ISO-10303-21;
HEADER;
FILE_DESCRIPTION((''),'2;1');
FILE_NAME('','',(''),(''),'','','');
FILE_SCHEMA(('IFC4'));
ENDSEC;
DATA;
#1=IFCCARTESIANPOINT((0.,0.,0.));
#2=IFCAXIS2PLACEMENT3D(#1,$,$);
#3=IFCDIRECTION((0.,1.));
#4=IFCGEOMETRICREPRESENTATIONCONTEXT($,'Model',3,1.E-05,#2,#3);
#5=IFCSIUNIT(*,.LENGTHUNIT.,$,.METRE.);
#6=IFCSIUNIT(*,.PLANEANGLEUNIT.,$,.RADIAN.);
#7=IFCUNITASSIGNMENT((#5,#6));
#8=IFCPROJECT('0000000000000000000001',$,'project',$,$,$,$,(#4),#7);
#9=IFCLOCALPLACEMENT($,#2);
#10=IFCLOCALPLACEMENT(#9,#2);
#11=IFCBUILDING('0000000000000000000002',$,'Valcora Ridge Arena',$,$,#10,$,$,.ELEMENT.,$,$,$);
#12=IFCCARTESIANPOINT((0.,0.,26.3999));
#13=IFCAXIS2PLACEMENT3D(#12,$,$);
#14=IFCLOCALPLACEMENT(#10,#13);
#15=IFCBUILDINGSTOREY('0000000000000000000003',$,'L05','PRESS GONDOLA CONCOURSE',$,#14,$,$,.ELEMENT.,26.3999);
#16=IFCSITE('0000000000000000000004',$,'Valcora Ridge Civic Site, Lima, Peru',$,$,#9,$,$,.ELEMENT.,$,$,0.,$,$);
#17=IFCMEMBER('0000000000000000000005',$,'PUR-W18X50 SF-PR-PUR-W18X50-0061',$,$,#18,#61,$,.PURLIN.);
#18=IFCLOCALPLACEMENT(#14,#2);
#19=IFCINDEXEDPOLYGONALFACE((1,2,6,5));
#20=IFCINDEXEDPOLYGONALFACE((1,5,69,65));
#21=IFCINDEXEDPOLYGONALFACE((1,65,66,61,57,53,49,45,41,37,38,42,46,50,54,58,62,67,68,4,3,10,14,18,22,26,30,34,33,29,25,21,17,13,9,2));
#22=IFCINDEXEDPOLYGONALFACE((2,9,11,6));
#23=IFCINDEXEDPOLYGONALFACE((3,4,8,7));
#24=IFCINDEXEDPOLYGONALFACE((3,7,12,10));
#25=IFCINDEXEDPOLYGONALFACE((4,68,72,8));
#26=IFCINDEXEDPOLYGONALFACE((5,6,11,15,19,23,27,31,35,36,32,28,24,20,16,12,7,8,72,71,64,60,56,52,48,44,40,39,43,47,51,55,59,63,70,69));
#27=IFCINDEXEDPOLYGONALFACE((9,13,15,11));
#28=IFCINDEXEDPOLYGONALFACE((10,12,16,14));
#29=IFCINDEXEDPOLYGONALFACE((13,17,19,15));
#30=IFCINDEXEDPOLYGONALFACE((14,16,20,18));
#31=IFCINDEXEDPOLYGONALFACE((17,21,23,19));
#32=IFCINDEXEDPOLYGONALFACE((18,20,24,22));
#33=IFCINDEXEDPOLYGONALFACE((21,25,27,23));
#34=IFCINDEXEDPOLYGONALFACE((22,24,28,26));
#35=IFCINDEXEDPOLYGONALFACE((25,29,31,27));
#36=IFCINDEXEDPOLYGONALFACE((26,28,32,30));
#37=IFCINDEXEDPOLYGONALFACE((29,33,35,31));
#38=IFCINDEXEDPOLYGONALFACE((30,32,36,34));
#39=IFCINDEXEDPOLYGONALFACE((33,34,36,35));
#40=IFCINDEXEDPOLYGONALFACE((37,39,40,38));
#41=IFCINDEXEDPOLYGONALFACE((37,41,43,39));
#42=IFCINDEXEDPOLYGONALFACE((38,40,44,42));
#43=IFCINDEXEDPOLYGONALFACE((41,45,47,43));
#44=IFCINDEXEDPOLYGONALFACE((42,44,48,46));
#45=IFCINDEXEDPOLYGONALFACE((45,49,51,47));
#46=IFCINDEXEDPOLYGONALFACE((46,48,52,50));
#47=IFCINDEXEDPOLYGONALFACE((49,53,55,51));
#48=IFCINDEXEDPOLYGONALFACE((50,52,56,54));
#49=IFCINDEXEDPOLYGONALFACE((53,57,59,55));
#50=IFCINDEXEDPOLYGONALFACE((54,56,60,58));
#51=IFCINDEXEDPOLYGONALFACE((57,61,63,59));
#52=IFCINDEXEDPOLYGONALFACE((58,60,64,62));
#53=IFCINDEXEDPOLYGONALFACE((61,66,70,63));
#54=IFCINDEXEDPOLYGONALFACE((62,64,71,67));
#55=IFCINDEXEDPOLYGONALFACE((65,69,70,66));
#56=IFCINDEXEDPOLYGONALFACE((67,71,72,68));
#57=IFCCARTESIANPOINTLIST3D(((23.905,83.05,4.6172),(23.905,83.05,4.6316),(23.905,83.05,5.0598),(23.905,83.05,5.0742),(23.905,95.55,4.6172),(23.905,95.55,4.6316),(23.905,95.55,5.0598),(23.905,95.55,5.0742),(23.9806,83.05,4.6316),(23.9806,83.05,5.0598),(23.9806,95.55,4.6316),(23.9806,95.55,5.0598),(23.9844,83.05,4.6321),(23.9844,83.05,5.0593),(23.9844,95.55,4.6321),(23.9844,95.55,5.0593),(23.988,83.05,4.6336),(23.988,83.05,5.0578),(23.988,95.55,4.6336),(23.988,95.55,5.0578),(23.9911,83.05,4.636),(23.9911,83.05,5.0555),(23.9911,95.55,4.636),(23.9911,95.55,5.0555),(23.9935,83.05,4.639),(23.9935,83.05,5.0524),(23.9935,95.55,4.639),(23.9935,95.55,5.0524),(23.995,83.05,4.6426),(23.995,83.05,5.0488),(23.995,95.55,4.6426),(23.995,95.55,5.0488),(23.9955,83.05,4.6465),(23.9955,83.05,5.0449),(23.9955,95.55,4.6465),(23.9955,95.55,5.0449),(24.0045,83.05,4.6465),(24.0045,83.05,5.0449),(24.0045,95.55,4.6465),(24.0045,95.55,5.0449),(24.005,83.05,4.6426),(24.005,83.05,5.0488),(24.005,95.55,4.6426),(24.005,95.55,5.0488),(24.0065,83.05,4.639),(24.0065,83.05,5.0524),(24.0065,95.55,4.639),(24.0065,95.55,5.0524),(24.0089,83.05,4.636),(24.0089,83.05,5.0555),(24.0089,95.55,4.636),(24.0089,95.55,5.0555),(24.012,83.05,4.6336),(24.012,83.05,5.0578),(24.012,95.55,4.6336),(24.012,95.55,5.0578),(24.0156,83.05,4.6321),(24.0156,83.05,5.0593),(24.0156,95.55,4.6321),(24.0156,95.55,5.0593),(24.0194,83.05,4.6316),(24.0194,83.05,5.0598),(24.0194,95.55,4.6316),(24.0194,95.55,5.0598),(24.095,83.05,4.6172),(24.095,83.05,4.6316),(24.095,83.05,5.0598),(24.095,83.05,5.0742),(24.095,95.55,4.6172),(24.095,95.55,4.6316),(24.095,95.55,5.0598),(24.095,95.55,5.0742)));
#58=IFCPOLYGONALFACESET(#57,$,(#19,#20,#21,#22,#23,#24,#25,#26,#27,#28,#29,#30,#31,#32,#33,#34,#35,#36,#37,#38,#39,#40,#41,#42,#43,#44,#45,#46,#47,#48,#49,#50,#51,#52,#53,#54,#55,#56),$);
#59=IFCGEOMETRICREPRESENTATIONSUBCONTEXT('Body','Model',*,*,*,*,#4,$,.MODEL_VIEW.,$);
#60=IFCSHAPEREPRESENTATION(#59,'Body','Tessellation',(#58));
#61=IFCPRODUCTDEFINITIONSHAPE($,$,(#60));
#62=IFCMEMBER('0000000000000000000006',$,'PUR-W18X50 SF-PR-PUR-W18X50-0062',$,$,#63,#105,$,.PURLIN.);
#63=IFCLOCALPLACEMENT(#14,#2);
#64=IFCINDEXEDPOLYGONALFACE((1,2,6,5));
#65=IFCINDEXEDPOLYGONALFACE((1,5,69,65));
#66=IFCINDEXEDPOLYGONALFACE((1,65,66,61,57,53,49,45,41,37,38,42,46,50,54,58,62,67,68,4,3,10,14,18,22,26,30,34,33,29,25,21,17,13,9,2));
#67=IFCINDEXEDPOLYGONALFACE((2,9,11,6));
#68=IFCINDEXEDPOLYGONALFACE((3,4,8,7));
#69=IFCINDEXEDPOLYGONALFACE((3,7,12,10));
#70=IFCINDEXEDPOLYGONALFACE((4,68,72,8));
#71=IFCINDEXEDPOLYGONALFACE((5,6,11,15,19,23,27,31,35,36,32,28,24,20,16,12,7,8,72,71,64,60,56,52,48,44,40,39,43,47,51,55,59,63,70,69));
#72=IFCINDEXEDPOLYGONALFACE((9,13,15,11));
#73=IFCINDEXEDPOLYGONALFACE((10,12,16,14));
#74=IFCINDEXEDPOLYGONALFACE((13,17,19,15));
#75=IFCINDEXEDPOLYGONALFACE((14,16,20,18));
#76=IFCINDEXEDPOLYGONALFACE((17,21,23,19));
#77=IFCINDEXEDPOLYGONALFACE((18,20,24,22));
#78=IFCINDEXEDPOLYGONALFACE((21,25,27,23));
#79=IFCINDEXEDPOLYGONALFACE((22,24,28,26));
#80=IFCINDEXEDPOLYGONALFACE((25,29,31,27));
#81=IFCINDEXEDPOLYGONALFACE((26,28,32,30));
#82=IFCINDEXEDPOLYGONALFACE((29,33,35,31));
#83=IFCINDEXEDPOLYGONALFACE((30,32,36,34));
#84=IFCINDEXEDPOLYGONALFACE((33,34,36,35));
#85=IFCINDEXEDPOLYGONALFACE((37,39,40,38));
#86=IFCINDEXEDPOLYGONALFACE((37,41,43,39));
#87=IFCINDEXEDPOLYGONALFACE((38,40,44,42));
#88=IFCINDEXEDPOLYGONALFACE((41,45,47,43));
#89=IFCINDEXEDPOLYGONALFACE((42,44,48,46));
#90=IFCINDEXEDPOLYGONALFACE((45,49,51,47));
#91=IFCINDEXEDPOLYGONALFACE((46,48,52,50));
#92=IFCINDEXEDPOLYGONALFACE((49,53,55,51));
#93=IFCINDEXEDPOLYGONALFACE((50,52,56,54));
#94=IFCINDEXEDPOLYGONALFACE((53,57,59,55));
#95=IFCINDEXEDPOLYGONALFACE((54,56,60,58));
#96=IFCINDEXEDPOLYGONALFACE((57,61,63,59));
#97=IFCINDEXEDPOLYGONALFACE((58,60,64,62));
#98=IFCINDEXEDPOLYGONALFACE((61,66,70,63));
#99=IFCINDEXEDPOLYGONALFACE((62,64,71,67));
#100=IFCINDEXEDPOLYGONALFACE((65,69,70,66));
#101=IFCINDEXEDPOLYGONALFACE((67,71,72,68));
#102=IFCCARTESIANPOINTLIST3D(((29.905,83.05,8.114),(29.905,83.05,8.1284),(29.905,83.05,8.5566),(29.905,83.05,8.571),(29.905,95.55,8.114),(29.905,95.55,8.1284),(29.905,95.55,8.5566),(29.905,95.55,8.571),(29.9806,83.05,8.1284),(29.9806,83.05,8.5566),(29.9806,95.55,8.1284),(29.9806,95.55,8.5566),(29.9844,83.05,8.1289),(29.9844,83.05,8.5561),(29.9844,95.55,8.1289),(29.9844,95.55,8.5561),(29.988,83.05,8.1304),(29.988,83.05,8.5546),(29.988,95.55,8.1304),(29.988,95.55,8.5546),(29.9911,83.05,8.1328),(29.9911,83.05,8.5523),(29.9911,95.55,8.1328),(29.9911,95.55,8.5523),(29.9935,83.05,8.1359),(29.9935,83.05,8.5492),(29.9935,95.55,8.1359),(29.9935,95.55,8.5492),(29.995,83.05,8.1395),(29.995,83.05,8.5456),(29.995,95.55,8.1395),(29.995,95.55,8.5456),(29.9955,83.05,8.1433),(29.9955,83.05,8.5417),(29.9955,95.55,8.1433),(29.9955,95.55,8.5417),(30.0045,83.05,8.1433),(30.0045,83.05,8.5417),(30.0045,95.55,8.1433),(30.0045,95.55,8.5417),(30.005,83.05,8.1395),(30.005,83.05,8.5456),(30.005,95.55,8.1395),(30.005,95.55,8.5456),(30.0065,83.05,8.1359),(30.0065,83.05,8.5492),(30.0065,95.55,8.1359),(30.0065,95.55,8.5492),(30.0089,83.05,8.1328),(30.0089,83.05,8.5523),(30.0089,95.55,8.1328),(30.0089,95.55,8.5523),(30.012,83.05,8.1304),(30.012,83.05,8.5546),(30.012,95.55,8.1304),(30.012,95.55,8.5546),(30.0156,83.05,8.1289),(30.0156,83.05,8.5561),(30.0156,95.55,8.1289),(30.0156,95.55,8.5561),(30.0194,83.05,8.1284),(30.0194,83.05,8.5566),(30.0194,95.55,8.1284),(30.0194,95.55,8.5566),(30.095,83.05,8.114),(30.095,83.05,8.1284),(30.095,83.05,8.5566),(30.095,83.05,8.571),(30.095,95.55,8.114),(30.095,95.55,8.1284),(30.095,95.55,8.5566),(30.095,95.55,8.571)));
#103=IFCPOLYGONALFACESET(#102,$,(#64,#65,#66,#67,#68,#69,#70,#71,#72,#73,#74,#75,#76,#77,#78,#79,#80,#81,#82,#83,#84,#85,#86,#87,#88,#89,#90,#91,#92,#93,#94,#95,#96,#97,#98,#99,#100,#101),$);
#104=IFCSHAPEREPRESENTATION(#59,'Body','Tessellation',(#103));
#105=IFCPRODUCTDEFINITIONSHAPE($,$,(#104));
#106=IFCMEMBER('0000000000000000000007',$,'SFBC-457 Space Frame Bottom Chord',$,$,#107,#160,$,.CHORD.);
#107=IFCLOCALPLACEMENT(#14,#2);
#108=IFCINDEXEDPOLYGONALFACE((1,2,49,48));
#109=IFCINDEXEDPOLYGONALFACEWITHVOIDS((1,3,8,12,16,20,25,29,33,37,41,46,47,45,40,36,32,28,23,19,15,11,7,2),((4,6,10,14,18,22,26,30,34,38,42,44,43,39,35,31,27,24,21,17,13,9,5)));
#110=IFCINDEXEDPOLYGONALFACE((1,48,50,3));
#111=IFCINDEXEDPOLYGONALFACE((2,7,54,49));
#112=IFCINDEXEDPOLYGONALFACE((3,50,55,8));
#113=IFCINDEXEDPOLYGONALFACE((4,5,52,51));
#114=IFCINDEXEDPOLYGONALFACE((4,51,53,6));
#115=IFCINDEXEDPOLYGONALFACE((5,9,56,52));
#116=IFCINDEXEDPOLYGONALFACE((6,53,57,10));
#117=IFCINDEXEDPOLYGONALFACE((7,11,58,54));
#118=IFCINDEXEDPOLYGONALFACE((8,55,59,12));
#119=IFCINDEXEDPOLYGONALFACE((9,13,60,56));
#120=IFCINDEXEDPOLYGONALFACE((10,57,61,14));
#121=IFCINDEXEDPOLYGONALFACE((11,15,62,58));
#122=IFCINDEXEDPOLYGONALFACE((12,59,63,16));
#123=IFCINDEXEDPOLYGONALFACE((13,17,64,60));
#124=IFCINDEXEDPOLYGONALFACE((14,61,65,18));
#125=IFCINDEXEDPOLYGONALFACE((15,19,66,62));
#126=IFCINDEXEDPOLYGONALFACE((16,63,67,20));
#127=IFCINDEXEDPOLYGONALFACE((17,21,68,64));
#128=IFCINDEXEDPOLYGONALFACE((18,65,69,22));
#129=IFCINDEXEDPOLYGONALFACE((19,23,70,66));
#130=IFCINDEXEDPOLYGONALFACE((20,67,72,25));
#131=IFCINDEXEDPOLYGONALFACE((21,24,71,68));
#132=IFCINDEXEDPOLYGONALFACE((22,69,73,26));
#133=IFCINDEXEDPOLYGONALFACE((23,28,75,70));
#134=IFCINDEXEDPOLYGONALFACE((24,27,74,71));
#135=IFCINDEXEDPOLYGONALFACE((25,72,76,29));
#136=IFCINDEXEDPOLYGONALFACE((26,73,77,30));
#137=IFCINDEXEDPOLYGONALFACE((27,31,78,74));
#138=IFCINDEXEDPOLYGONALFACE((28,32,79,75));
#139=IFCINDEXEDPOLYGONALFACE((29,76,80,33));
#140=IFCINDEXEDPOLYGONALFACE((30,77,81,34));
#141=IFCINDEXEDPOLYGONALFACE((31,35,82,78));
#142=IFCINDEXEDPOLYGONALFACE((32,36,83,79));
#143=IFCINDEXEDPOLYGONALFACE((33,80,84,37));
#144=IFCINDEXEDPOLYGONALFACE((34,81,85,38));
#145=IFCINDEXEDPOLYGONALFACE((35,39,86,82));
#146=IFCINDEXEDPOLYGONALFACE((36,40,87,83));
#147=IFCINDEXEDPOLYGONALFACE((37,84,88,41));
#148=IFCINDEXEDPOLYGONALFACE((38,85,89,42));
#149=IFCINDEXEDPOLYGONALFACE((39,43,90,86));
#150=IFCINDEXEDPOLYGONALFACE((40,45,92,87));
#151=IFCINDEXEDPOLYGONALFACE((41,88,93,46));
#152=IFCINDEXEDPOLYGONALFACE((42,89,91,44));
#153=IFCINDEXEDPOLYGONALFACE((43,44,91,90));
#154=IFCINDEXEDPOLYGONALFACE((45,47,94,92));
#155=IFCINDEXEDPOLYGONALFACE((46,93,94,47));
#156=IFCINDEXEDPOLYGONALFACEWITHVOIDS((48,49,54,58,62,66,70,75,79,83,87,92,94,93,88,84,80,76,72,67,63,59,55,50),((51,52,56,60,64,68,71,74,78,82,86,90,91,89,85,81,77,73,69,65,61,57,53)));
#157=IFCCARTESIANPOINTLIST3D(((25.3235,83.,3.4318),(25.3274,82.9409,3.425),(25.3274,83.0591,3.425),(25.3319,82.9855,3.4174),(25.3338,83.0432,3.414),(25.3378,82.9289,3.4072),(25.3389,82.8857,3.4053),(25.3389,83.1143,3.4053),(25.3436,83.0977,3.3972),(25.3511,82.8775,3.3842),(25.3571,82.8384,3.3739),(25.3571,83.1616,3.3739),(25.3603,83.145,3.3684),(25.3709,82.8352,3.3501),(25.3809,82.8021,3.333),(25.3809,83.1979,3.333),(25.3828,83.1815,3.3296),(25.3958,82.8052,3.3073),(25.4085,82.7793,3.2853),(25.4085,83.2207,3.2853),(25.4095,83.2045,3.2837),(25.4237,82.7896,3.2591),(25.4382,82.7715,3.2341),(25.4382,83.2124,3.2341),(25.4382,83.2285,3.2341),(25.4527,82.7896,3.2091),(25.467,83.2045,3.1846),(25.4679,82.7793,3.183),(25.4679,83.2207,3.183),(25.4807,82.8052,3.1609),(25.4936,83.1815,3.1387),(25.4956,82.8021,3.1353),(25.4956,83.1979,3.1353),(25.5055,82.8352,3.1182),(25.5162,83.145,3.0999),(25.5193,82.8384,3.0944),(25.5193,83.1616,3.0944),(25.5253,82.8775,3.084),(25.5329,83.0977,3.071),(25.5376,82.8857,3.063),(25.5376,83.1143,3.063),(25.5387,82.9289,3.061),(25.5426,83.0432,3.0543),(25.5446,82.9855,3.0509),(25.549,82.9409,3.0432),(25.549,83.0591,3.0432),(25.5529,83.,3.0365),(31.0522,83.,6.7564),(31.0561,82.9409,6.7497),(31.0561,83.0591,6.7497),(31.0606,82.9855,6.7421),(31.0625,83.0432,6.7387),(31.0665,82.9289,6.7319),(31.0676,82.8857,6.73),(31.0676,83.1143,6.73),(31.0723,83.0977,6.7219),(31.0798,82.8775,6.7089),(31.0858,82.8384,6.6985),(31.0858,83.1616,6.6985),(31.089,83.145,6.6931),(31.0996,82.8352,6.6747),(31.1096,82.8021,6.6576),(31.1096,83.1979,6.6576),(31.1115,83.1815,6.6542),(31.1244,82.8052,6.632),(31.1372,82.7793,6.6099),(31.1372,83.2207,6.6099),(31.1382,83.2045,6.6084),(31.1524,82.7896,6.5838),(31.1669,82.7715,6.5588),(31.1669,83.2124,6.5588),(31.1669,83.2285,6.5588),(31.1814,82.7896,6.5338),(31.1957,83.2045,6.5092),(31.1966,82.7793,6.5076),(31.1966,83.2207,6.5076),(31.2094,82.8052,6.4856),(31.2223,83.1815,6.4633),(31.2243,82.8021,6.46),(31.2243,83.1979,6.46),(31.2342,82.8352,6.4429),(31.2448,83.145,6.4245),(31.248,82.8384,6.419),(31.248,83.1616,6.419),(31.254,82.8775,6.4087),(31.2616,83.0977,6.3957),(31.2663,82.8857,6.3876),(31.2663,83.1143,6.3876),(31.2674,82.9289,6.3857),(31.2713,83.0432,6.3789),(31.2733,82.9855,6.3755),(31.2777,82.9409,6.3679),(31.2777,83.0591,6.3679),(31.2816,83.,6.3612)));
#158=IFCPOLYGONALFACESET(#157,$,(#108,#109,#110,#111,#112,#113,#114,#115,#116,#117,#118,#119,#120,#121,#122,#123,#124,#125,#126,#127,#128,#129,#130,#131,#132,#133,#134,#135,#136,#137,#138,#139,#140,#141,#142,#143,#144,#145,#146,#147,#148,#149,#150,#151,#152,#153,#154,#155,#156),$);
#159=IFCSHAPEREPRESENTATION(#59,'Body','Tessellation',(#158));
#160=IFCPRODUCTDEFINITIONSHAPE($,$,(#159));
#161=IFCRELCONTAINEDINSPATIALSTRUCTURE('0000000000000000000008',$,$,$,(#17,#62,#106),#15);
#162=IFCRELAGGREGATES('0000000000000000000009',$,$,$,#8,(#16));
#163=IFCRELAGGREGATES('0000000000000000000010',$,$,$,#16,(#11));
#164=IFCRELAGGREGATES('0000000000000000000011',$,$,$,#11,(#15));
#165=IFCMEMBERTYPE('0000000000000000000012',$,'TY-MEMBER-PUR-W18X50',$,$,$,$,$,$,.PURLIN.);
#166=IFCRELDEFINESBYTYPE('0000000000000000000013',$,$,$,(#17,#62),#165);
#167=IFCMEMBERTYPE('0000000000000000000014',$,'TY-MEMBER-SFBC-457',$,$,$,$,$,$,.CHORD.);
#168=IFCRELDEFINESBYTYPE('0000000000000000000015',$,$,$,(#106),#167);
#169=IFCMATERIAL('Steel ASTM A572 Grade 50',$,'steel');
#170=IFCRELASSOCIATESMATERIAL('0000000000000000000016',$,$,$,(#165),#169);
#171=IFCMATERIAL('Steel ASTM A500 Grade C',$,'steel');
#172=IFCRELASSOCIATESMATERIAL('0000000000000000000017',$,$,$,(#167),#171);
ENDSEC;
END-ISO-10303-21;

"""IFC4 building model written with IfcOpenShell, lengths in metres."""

from ifc_helpers import new_model, si_unit, direction, frame, origin, origin_2d, place, context, subcontext, project, spatial, hollow_circle, i_section, extrude, material, material_profile, profile_set, type_object, element, save


model = new_model("IFC4")

# Units and contexts
model_context = context("Model", 3, precision=1e-05, world=origin(), true_north=direction((0.0, 1.0)))
body_context = subcontext(model_context, "Body", "Model", "MODEL_VIEW")
ifc_project = project(units=[si_unit("LENGTHUNIT", "METRE"), si_unit("PLANEANGLEUNIT", "RADIAN")], contexts=[model_context])

# Site, building, storey
site_placement = place(None, origin())
site = spatial("IfcSite", under=ifc_project, at=site_placement, Name="Valcora Ridge Civic Site, Lima, Peru", CompositionType="ELEMENT", RefElevation=0.0)
building_placement = place(site_placement, origin())
building = spatial("IfcBuilding", under=site, at=building_placement, Name="Valcora Ridge Arena", CompositionType="ELEMENT")
storey_placement = place(building_placement, frame((0.0, 0.0, 26.3999)))
storey = spatial("IfcBuildingStorey", under=building, at=storey_placement, Name="L05", Description="PRESS GONDOLA CONCOURSE", CompositionType="ELEMENT", Elevation=26.3999)

# Members
ifc_material_1 = material(Name="Steel ASTM A572 Grade 50", Category="steel")
ifc_material_profile_1 = material_profile(ifc_material_1, i_section(OverallWidth=0.1899, OverallDepth=0.457, WebThickness=0.009, FlangeThickness=0.0144, FilletRadius=0.0149, at=origin_2d()), Name="W18X50")
ifc_profile_set_1 = profile_set([ifc_material_profile_1], Name="Steel ASTM A572 Grade 50")
member_type_1 = type_object("IfcMemberType", Name="TY-MEMBER-PUR-W18X50", PredefinedType="PURLIN", material=ifc_profile_set_1)
for number, where, z_axis, x_axis, name in (
    (1, (24.0, 83.05, 4.8457), (0.0, 1.0, 0.0), (-1.0, 0.0, 0.0), "PUR-W18X50 SF-PR-PUR-W18X50-0061"),
    (2, (30.0, 83.05, 8.3425), (0.0, 1.0, 0.0), (-1.0, 0.0, 0.0), "PUR-W18X50 SF-PR-PUR-W18X50-0062"),
):
    element("IfcMember", number, at=place(storey_placement, frame(where, z_axis=z_axis, x_axis=x_axis)), inside=storey, type_object=member_type_1, Name=name, PredefinedType="PURLIN", context=body_context, shape_type="SweptSolid", body=[
        extrude(i_section(OverallWidth=0.1899, OverallDepth=0.457, WebThickness=0.009, FlangeThickness=0.0144, FilletRadius=0.0149, at=origin_2d()), origin(), (0.0, 0.0, 1.0), 12.5),
    ])
ifc_material_2 = material(Name="Steel ASTM A500 Grade C", Category="steel")
ifc_material_profile_2 = material_profile(ifc_material_2, hollow_circle(Radius=0.2285, WallThickness=0.0161, at=origin_2d()), Name="CHS457X16")
ifc_profile_set_2 = profile_set([ifc_material_profile_2], Name="Steel ASTM A500 Grade C")
member_type_2 = type_object("IfcMemberType", Name="TY-MEMBER-SFBC-457", PredefinedType="CHORD", material=ifc_profile_set_2)
member_1_placement = place(storey_placement, frame((25.4382, 83.0, 3.2341), z_axis=(0.864898, 0.0, 0.501947), x_axis=(0.0, 1.0, 0.0)))
element("IfcMember", 3, at=member_1_placement, inside=storey, type_object=member_type_2, Name="SFBC-457 Space Frame Bottom Chord", PredefinedType="CHORD", context=body_context, shape_type="SweptSolid", body=[
    extrude(hollow_circle(Radius=0.2285, WallThickness=0.0161, at=origin_2d()), origin(), (0.0, 0.0, 1.0), 6.6235),
])

save(model, "model.ifc")
